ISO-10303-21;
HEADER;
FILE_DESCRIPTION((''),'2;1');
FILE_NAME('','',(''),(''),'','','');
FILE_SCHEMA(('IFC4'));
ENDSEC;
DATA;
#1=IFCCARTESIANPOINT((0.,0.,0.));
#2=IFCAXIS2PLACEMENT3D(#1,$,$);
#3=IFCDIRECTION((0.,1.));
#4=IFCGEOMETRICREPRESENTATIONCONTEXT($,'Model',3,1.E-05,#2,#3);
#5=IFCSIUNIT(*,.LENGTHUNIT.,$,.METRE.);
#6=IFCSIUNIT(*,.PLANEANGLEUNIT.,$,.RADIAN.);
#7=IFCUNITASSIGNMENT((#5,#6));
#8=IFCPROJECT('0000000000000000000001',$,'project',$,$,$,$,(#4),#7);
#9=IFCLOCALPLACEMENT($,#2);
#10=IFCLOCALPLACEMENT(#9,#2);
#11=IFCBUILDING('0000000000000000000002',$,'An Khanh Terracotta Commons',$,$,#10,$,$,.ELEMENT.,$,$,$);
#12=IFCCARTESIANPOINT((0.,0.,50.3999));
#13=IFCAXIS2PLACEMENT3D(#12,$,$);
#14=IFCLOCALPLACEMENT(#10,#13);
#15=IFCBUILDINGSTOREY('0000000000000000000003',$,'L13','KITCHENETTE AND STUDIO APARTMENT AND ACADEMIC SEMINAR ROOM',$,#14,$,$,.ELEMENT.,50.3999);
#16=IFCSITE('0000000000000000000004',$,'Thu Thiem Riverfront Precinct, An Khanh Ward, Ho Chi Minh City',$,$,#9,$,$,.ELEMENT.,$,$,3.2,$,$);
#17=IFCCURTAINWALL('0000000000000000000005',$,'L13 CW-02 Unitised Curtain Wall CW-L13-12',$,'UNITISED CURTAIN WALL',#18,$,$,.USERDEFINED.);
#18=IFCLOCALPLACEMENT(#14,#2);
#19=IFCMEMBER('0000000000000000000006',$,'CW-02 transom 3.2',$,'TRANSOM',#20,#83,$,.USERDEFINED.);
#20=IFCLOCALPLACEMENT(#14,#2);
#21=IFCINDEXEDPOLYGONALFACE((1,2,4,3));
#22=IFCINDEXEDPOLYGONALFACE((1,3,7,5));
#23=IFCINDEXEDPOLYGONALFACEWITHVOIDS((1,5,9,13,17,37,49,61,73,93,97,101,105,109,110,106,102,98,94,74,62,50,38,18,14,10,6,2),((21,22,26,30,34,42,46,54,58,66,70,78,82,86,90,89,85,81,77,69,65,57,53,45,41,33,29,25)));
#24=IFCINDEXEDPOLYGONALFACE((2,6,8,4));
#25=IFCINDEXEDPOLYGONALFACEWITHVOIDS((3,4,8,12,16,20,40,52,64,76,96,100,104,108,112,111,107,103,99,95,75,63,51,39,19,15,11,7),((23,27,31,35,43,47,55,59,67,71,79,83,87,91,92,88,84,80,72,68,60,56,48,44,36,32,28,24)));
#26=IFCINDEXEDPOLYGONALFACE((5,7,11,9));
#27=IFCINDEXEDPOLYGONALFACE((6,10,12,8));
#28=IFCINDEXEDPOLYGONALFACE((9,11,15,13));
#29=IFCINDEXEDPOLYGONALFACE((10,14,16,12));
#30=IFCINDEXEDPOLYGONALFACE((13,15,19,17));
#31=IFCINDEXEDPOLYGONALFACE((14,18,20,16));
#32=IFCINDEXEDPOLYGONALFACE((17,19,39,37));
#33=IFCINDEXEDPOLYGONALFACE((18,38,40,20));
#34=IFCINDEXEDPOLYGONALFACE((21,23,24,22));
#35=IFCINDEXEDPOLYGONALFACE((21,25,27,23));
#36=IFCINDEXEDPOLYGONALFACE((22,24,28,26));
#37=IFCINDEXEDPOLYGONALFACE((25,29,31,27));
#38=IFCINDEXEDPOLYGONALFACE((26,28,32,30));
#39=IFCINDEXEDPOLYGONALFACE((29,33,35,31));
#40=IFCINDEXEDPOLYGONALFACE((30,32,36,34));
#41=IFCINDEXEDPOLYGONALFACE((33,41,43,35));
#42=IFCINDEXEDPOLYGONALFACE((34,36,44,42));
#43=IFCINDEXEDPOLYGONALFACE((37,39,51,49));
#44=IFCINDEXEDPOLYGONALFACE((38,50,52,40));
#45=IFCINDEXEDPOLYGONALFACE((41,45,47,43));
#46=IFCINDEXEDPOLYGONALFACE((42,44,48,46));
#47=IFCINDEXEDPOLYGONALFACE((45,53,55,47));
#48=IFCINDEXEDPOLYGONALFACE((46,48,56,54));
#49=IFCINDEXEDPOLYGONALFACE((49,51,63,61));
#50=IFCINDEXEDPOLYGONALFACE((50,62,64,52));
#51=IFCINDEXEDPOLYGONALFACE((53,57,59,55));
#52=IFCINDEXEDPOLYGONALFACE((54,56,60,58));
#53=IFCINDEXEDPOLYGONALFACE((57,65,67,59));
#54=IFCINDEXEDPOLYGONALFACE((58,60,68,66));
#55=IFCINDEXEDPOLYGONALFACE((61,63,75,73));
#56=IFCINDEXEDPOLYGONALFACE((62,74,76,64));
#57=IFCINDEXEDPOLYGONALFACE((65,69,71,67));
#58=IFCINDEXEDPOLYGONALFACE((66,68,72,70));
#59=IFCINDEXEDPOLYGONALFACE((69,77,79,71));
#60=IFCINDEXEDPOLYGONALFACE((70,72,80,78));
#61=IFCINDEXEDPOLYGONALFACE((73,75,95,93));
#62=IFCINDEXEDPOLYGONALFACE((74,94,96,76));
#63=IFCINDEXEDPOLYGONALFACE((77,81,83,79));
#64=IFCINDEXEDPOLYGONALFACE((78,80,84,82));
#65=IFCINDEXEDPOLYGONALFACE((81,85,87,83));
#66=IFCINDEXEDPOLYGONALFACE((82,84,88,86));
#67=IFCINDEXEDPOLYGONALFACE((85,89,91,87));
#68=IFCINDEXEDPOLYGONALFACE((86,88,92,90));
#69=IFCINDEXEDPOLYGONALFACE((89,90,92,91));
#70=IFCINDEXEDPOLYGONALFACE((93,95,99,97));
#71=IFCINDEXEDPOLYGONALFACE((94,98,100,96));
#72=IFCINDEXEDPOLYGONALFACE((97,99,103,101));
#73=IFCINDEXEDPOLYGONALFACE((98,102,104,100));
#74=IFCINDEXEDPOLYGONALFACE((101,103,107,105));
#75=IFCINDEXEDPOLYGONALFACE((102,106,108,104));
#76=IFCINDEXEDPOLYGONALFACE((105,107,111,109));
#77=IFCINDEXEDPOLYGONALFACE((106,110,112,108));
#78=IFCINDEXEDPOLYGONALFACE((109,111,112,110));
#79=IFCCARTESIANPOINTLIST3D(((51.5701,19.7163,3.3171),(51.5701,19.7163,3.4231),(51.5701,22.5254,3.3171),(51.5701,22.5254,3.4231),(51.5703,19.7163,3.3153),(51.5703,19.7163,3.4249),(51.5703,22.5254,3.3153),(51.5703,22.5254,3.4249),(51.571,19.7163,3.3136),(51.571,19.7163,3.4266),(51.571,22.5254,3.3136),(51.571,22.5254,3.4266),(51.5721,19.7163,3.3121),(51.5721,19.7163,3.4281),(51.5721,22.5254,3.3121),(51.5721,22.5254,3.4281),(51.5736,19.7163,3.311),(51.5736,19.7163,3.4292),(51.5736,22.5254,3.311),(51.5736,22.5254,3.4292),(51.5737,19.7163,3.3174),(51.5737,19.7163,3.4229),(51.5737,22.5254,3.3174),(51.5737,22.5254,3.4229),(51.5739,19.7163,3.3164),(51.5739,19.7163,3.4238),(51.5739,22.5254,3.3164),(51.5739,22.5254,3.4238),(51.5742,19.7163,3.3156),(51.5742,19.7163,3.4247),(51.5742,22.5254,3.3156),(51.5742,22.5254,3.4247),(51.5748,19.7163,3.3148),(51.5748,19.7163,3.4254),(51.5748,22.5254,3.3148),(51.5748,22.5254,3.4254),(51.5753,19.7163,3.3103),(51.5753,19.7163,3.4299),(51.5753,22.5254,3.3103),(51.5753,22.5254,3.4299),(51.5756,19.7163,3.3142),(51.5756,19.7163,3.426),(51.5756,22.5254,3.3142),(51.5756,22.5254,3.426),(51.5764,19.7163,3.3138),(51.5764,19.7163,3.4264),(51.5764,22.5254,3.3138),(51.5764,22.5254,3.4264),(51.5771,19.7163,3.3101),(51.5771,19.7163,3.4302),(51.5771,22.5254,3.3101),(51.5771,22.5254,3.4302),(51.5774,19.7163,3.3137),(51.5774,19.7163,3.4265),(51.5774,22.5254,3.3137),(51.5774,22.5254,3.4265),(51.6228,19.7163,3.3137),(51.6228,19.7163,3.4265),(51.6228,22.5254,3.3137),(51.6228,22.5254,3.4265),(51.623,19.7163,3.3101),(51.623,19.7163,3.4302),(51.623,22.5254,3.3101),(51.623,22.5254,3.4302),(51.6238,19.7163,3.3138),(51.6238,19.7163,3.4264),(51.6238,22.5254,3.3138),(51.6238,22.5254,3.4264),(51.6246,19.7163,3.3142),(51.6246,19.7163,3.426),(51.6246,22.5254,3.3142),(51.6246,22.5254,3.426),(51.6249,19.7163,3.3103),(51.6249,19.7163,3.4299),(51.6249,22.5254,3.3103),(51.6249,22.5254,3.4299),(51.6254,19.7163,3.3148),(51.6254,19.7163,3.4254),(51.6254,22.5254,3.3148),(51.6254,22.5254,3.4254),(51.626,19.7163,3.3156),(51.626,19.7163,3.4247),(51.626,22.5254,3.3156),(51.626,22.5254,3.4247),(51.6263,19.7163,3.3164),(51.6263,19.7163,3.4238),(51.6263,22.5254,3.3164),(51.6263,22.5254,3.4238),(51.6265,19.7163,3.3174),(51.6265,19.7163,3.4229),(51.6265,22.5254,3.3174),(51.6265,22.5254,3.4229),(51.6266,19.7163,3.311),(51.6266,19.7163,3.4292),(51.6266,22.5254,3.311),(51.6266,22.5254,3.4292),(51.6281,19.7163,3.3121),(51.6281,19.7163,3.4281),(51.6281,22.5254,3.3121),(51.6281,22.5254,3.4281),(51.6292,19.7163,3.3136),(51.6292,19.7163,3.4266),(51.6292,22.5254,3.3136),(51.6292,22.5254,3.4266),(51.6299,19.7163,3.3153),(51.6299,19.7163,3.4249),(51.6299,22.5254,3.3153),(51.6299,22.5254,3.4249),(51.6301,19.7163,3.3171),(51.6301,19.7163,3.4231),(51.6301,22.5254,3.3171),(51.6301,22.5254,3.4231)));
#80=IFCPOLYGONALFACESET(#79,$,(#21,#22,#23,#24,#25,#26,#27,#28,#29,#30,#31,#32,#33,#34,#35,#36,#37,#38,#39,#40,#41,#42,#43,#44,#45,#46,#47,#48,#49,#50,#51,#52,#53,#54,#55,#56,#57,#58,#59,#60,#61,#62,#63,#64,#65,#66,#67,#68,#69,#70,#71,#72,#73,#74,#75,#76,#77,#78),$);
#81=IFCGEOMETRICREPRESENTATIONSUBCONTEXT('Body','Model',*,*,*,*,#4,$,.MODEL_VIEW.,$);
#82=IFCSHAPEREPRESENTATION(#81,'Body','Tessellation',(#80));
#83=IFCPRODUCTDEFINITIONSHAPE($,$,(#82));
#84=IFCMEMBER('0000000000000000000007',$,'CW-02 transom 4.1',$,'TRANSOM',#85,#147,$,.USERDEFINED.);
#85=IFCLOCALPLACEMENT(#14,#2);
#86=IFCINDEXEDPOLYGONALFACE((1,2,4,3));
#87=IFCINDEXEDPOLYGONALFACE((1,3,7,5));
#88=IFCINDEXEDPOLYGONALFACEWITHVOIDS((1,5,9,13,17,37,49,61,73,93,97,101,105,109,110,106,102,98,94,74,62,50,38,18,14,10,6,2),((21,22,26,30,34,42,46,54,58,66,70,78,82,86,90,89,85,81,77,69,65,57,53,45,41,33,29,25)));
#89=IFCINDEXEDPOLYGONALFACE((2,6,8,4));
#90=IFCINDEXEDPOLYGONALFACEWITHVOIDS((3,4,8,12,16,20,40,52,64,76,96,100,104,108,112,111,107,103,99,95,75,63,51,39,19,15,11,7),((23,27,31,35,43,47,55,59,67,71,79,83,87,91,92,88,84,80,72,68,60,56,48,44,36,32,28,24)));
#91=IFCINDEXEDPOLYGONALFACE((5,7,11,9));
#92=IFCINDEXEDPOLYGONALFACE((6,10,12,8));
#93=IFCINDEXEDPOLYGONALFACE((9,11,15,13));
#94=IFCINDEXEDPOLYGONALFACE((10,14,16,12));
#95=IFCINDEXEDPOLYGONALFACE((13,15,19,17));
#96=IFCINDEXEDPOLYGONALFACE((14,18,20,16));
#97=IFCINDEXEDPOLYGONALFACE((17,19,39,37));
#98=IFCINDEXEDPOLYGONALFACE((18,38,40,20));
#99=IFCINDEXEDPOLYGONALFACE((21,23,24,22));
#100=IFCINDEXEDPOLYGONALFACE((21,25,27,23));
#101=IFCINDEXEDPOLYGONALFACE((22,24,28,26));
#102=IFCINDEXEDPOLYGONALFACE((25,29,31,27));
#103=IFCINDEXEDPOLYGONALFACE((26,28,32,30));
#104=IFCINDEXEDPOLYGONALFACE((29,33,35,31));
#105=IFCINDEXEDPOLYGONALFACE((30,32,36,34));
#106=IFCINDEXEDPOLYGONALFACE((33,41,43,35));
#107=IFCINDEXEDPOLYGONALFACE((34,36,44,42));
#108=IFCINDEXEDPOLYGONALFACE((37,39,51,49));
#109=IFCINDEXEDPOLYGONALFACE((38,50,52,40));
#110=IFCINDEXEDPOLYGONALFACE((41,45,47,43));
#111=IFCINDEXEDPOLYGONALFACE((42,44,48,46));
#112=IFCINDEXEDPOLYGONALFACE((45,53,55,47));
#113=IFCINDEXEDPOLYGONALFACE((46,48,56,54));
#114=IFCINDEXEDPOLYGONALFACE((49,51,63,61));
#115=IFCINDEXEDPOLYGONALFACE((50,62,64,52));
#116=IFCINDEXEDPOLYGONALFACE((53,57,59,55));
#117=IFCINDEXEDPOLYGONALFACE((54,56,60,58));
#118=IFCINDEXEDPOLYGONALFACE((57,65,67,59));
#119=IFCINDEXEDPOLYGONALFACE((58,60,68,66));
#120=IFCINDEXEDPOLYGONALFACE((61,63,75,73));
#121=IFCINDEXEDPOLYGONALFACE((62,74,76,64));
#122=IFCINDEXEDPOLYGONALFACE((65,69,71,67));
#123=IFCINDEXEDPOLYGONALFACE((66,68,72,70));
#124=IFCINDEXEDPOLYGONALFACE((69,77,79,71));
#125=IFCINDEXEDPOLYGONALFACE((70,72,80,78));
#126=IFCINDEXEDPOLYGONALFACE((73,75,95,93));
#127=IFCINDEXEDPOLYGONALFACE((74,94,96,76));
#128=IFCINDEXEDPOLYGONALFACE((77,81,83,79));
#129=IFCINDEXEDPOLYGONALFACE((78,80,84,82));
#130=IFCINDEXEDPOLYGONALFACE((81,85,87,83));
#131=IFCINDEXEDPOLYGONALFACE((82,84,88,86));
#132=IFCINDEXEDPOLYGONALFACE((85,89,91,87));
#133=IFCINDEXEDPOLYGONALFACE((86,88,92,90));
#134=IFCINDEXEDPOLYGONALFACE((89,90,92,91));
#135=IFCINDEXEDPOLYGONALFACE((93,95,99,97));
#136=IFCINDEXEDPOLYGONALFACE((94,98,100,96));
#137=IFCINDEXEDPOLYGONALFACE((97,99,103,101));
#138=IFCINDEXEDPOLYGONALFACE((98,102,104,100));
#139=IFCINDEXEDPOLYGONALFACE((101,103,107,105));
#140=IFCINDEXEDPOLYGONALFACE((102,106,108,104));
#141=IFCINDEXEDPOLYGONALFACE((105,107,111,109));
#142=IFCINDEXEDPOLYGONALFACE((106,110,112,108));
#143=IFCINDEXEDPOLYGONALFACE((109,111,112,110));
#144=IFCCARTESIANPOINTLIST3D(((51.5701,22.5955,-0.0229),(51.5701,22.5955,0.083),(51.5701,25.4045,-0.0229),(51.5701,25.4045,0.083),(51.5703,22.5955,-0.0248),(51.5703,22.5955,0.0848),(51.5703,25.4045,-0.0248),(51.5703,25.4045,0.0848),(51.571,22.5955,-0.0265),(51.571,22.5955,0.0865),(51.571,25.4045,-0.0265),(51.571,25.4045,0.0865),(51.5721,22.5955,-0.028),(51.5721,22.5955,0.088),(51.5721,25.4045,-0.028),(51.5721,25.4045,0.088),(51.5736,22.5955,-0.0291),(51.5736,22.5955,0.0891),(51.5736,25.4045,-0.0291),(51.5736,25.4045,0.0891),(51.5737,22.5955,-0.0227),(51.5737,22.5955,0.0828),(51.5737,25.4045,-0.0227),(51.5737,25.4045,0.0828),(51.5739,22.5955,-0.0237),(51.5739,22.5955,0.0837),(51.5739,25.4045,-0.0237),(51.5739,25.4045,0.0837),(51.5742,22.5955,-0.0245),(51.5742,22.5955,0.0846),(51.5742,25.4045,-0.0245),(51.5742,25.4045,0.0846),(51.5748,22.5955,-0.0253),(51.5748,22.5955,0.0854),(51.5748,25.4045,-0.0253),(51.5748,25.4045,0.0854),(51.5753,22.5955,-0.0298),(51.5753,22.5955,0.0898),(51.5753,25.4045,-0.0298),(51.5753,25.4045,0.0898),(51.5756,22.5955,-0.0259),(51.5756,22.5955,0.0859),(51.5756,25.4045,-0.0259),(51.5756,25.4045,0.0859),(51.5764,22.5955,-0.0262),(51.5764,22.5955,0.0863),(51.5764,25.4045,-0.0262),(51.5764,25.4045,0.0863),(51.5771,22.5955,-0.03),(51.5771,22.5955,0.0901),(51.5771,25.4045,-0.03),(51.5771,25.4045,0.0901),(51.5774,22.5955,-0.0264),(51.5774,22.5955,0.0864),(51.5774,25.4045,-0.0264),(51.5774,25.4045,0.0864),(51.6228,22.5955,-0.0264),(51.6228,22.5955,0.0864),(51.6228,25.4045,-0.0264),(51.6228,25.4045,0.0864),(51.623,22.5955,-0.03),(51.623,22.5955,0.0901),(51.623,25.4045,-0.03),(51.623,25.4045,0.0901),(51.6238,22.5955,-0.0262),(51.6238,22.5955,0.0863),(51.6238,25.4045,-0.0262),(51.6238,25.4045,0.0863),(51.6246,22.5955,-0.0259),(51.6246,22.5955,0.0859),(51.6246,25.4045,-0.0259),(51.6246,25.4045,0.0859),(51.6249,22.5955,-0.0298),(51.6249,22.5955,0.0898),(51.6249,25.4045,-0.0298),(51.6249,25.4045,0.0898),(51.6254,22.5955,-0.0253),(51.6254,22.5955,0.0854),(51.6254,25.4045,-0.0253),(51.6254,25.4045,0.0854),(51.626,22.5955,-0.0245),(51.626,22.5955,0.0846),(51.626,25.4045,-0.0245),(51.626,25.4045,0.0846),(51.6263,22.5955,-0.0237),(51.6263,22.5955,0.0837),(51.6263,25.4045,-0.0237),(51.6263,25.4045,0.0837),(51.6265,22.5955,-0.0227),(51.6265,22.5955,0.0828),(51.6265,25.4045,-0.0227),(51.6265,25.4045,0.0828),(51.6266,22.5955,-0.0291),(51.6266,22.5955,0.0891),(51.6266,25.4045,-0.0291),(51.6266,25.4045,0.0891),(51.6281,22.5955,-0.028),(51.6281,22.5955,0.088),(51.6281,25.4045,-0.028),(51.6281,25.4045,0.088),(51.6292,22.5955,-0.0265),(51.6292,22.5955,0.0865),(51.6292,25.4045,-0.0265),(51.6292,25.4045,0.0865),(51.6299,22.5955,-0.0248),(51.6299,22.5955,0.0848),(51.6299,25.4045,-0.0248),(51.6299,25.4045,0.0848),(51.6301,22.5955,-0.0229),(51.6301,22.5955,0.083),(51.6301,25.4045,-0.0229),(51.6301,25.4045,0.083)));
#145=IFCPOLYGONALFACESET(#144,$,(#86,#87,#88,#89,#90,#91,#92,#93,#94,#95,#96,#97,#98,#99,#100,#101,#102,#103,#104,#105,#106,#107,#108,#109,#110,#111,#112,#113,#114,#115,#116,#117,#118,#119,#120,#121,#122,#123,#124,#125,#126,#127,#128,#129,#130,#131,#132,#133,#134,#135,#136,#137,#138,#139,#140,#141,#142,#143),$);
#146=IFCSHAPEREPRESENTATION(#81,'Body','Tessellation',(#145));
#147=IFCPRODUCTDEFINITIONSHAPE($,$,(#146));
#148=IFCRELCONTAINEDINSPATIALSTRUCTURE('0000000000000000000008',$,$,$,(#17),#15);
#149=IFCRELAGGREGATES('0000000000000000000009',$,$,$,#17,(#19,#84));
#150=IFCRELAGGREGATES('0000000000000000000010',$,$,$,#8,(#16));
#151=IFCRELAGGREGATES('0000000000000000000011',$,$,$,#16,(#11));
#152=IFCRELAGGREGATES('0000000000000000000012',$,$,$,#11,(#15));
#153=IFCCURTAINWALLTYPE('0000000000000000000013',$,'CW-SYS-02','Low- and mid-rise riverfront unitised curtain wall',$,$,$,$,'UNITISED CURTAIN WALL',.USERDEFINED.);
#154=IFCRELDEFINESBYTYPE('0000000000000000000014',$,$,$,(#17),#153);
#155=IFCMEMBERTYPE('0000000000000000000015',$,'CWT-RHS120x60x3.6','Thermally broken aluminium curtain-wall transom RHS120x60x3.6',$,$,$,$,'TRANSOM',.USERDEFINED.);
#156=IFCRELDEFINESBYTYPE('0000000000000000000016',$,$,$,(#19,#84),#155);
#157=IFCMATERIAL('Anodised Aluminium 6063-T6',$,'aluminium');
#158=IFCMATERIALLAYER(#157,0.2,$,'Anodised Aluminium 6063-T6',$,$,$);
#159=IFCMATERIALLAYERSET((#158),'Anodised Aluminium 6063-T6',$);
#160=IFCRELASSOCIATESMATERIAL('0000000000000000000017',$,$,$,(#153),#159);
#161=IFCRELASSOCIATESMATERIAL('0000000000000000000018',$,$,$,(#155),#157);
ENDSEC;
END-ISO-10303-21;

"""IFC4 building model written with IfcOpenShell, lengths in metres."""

from ifc_helpers import new_model, si_unit, direction, frame, origin, origin_2d, place, context, subcontext, project, spatial, hollow_rectangle, extrude, material, layer, layer_set, material_profile, profile_set, type_object, element, aggregate, save


model = new_model("IFC4")

# Units and contexts
model_context = context("Model", 3, precision=1e-05, world=origin(), true_north=direction((0.0, 1.0)))
body_context = subcontext(model_context, "Body", "Model", "MODEL_VIEW")
ifc_project = project(units=[si_unit("LENGTHUNIT", "METRE"), si_unit("PLANEANGLEUNIT", "RADIAN")], contexts=[model_context])

# Site, building, storey
site_placement = place(None, origin())
site = spatial("IfcSite", under=ifc_project, at=site_placement, Name="Thu Thiem Riverfront Precinct, An Khanh Ward, Ho Chi Minh City", CompositionType="ELEMENT", RefElevation=3.2)
building_placement = place(site_placement, origin())
building = spatial("IfcBuilding", under=site, at=building_placement, Name="An Khanh Terracotta Commons", CompositionType="ELEMENT")
storey_placement = place(building_placement, frame((0.0, 0.0, 50.3999)))
storey = spatial("IfcBuildingStorey", under=building, at=storey_placement, Name="L13", Description="KITCHENETTE AND STUDIO APARTMENT AND ACADEMIC SEMINAR ROOM", CompositionType="ELEMENT", Elevation=50.3999)

# Curtain wall, members
ifc_material_1 = material(Name="Anodised Aluminium 6063-T6", Category="aluminium")
ifc_layer_1 = layer(ifc_material_1, 0.2, Name="Anodised Aluminium 6063-T6")
ifc_layer_set_1 = layer_set([ifc_layer_1], Name="Anodised Aluminium 6063-T6")
curtain_wall_type = type_object("IfcCurtainWallType", Name="CW-SYS-02", Description="Low- and mid-rise riverfront unitised curtain wall", ElementType="UNITISED CURTAIN WALL", PredefinedType="USERDEFINED", material=ifc_layer_set_1)
curtain_wall_placement = place(storey_placement, origin())
curtain_wall = element("IfcCurtainWall", 1, at=curtain_wall_placement, inside=storey, type_object=curtain_wall_type, Name="L13 CW-02 Unitised Curtain Wall CW-L13-12", ObjectType="UNITISED CURTAIN WALL", PredefinedType="USERDEFINED")
ifc_material_profile_1 = material_profile(ifc_material_1, hollow_rectangle(XDim=0.0601, YDim=0.1201, WallThickness=0.0037, InnerFilletRadius=0.0037, OuterFilletRadius=0.0071, at=origin_2d()), Name="RHS120x60x3.6")
ifc_profile_set_1 = profile_set([ifc_material_profile_1], Name="Anodised Aluminium 6063-T6")
member_type_1 = type_object("IfcMemberType", Name="CWT-RHS120x60x3.6", Description="Thermally broken aluminium curtain-wall transom RHS120x60x3.6", ElementType="TRANSOM", PredefinedType="USERDEFINED", material=ifc_profile_set_1)
member_1_placement = place(storey_placement, frame((51.6001, 19.7163, 3.3701), z_axis=(0.0, 1.0, 0.0), x_axis=(-1.0, 0.0, 0.0)))
member_1 = element("IfcMember", 2, at=member_1_placement, type_object=member_type_1, Name="CW-02 transom 3.2", ObjectType="TRANSOM", PredefinedType="USERDEFINED", context=body_context, shape_type="SweptSolid", body=[
    extrude(hollow_rectangle(XDim=0.0601, YDim=0.1201, WallThickness=0.0037, InnerFilletRadius=0.0037, OuterFilletRadius=0.0071, at=origin_2d()), origin(), (0.0, 0.0, 1.0), 2.8091),
])
member_2_placement = place(storey_placement, frame((51.6001, 22.5955, 0.03), z_axis=(0.0, 1.0, 0.0), x_axis=(-1.0, 0.0, 0.0)))
member_2 = element("IfcMember", 3, at=member_2_placement, type_object=member_type_1, Name="CW-02 transom 4.1", ObjectType="TRANSOM", PredefinedType="USERDEFINED", context=body_context, shape_type="SweptSolid", body=[
    extrude(hollow_rectangle(XDim=0.0601, YDim=0.1201, WallThickness=0.0037, InnerFilletRadius=0.0037, OuterFilletRadius=0.0071, at=origin_2d()), origin(), (0.0, 0.0, 1.0), 2.8091),
])
aggregate(curtain_wall, [member_1, member_2])

save(model, "model.ifc")
